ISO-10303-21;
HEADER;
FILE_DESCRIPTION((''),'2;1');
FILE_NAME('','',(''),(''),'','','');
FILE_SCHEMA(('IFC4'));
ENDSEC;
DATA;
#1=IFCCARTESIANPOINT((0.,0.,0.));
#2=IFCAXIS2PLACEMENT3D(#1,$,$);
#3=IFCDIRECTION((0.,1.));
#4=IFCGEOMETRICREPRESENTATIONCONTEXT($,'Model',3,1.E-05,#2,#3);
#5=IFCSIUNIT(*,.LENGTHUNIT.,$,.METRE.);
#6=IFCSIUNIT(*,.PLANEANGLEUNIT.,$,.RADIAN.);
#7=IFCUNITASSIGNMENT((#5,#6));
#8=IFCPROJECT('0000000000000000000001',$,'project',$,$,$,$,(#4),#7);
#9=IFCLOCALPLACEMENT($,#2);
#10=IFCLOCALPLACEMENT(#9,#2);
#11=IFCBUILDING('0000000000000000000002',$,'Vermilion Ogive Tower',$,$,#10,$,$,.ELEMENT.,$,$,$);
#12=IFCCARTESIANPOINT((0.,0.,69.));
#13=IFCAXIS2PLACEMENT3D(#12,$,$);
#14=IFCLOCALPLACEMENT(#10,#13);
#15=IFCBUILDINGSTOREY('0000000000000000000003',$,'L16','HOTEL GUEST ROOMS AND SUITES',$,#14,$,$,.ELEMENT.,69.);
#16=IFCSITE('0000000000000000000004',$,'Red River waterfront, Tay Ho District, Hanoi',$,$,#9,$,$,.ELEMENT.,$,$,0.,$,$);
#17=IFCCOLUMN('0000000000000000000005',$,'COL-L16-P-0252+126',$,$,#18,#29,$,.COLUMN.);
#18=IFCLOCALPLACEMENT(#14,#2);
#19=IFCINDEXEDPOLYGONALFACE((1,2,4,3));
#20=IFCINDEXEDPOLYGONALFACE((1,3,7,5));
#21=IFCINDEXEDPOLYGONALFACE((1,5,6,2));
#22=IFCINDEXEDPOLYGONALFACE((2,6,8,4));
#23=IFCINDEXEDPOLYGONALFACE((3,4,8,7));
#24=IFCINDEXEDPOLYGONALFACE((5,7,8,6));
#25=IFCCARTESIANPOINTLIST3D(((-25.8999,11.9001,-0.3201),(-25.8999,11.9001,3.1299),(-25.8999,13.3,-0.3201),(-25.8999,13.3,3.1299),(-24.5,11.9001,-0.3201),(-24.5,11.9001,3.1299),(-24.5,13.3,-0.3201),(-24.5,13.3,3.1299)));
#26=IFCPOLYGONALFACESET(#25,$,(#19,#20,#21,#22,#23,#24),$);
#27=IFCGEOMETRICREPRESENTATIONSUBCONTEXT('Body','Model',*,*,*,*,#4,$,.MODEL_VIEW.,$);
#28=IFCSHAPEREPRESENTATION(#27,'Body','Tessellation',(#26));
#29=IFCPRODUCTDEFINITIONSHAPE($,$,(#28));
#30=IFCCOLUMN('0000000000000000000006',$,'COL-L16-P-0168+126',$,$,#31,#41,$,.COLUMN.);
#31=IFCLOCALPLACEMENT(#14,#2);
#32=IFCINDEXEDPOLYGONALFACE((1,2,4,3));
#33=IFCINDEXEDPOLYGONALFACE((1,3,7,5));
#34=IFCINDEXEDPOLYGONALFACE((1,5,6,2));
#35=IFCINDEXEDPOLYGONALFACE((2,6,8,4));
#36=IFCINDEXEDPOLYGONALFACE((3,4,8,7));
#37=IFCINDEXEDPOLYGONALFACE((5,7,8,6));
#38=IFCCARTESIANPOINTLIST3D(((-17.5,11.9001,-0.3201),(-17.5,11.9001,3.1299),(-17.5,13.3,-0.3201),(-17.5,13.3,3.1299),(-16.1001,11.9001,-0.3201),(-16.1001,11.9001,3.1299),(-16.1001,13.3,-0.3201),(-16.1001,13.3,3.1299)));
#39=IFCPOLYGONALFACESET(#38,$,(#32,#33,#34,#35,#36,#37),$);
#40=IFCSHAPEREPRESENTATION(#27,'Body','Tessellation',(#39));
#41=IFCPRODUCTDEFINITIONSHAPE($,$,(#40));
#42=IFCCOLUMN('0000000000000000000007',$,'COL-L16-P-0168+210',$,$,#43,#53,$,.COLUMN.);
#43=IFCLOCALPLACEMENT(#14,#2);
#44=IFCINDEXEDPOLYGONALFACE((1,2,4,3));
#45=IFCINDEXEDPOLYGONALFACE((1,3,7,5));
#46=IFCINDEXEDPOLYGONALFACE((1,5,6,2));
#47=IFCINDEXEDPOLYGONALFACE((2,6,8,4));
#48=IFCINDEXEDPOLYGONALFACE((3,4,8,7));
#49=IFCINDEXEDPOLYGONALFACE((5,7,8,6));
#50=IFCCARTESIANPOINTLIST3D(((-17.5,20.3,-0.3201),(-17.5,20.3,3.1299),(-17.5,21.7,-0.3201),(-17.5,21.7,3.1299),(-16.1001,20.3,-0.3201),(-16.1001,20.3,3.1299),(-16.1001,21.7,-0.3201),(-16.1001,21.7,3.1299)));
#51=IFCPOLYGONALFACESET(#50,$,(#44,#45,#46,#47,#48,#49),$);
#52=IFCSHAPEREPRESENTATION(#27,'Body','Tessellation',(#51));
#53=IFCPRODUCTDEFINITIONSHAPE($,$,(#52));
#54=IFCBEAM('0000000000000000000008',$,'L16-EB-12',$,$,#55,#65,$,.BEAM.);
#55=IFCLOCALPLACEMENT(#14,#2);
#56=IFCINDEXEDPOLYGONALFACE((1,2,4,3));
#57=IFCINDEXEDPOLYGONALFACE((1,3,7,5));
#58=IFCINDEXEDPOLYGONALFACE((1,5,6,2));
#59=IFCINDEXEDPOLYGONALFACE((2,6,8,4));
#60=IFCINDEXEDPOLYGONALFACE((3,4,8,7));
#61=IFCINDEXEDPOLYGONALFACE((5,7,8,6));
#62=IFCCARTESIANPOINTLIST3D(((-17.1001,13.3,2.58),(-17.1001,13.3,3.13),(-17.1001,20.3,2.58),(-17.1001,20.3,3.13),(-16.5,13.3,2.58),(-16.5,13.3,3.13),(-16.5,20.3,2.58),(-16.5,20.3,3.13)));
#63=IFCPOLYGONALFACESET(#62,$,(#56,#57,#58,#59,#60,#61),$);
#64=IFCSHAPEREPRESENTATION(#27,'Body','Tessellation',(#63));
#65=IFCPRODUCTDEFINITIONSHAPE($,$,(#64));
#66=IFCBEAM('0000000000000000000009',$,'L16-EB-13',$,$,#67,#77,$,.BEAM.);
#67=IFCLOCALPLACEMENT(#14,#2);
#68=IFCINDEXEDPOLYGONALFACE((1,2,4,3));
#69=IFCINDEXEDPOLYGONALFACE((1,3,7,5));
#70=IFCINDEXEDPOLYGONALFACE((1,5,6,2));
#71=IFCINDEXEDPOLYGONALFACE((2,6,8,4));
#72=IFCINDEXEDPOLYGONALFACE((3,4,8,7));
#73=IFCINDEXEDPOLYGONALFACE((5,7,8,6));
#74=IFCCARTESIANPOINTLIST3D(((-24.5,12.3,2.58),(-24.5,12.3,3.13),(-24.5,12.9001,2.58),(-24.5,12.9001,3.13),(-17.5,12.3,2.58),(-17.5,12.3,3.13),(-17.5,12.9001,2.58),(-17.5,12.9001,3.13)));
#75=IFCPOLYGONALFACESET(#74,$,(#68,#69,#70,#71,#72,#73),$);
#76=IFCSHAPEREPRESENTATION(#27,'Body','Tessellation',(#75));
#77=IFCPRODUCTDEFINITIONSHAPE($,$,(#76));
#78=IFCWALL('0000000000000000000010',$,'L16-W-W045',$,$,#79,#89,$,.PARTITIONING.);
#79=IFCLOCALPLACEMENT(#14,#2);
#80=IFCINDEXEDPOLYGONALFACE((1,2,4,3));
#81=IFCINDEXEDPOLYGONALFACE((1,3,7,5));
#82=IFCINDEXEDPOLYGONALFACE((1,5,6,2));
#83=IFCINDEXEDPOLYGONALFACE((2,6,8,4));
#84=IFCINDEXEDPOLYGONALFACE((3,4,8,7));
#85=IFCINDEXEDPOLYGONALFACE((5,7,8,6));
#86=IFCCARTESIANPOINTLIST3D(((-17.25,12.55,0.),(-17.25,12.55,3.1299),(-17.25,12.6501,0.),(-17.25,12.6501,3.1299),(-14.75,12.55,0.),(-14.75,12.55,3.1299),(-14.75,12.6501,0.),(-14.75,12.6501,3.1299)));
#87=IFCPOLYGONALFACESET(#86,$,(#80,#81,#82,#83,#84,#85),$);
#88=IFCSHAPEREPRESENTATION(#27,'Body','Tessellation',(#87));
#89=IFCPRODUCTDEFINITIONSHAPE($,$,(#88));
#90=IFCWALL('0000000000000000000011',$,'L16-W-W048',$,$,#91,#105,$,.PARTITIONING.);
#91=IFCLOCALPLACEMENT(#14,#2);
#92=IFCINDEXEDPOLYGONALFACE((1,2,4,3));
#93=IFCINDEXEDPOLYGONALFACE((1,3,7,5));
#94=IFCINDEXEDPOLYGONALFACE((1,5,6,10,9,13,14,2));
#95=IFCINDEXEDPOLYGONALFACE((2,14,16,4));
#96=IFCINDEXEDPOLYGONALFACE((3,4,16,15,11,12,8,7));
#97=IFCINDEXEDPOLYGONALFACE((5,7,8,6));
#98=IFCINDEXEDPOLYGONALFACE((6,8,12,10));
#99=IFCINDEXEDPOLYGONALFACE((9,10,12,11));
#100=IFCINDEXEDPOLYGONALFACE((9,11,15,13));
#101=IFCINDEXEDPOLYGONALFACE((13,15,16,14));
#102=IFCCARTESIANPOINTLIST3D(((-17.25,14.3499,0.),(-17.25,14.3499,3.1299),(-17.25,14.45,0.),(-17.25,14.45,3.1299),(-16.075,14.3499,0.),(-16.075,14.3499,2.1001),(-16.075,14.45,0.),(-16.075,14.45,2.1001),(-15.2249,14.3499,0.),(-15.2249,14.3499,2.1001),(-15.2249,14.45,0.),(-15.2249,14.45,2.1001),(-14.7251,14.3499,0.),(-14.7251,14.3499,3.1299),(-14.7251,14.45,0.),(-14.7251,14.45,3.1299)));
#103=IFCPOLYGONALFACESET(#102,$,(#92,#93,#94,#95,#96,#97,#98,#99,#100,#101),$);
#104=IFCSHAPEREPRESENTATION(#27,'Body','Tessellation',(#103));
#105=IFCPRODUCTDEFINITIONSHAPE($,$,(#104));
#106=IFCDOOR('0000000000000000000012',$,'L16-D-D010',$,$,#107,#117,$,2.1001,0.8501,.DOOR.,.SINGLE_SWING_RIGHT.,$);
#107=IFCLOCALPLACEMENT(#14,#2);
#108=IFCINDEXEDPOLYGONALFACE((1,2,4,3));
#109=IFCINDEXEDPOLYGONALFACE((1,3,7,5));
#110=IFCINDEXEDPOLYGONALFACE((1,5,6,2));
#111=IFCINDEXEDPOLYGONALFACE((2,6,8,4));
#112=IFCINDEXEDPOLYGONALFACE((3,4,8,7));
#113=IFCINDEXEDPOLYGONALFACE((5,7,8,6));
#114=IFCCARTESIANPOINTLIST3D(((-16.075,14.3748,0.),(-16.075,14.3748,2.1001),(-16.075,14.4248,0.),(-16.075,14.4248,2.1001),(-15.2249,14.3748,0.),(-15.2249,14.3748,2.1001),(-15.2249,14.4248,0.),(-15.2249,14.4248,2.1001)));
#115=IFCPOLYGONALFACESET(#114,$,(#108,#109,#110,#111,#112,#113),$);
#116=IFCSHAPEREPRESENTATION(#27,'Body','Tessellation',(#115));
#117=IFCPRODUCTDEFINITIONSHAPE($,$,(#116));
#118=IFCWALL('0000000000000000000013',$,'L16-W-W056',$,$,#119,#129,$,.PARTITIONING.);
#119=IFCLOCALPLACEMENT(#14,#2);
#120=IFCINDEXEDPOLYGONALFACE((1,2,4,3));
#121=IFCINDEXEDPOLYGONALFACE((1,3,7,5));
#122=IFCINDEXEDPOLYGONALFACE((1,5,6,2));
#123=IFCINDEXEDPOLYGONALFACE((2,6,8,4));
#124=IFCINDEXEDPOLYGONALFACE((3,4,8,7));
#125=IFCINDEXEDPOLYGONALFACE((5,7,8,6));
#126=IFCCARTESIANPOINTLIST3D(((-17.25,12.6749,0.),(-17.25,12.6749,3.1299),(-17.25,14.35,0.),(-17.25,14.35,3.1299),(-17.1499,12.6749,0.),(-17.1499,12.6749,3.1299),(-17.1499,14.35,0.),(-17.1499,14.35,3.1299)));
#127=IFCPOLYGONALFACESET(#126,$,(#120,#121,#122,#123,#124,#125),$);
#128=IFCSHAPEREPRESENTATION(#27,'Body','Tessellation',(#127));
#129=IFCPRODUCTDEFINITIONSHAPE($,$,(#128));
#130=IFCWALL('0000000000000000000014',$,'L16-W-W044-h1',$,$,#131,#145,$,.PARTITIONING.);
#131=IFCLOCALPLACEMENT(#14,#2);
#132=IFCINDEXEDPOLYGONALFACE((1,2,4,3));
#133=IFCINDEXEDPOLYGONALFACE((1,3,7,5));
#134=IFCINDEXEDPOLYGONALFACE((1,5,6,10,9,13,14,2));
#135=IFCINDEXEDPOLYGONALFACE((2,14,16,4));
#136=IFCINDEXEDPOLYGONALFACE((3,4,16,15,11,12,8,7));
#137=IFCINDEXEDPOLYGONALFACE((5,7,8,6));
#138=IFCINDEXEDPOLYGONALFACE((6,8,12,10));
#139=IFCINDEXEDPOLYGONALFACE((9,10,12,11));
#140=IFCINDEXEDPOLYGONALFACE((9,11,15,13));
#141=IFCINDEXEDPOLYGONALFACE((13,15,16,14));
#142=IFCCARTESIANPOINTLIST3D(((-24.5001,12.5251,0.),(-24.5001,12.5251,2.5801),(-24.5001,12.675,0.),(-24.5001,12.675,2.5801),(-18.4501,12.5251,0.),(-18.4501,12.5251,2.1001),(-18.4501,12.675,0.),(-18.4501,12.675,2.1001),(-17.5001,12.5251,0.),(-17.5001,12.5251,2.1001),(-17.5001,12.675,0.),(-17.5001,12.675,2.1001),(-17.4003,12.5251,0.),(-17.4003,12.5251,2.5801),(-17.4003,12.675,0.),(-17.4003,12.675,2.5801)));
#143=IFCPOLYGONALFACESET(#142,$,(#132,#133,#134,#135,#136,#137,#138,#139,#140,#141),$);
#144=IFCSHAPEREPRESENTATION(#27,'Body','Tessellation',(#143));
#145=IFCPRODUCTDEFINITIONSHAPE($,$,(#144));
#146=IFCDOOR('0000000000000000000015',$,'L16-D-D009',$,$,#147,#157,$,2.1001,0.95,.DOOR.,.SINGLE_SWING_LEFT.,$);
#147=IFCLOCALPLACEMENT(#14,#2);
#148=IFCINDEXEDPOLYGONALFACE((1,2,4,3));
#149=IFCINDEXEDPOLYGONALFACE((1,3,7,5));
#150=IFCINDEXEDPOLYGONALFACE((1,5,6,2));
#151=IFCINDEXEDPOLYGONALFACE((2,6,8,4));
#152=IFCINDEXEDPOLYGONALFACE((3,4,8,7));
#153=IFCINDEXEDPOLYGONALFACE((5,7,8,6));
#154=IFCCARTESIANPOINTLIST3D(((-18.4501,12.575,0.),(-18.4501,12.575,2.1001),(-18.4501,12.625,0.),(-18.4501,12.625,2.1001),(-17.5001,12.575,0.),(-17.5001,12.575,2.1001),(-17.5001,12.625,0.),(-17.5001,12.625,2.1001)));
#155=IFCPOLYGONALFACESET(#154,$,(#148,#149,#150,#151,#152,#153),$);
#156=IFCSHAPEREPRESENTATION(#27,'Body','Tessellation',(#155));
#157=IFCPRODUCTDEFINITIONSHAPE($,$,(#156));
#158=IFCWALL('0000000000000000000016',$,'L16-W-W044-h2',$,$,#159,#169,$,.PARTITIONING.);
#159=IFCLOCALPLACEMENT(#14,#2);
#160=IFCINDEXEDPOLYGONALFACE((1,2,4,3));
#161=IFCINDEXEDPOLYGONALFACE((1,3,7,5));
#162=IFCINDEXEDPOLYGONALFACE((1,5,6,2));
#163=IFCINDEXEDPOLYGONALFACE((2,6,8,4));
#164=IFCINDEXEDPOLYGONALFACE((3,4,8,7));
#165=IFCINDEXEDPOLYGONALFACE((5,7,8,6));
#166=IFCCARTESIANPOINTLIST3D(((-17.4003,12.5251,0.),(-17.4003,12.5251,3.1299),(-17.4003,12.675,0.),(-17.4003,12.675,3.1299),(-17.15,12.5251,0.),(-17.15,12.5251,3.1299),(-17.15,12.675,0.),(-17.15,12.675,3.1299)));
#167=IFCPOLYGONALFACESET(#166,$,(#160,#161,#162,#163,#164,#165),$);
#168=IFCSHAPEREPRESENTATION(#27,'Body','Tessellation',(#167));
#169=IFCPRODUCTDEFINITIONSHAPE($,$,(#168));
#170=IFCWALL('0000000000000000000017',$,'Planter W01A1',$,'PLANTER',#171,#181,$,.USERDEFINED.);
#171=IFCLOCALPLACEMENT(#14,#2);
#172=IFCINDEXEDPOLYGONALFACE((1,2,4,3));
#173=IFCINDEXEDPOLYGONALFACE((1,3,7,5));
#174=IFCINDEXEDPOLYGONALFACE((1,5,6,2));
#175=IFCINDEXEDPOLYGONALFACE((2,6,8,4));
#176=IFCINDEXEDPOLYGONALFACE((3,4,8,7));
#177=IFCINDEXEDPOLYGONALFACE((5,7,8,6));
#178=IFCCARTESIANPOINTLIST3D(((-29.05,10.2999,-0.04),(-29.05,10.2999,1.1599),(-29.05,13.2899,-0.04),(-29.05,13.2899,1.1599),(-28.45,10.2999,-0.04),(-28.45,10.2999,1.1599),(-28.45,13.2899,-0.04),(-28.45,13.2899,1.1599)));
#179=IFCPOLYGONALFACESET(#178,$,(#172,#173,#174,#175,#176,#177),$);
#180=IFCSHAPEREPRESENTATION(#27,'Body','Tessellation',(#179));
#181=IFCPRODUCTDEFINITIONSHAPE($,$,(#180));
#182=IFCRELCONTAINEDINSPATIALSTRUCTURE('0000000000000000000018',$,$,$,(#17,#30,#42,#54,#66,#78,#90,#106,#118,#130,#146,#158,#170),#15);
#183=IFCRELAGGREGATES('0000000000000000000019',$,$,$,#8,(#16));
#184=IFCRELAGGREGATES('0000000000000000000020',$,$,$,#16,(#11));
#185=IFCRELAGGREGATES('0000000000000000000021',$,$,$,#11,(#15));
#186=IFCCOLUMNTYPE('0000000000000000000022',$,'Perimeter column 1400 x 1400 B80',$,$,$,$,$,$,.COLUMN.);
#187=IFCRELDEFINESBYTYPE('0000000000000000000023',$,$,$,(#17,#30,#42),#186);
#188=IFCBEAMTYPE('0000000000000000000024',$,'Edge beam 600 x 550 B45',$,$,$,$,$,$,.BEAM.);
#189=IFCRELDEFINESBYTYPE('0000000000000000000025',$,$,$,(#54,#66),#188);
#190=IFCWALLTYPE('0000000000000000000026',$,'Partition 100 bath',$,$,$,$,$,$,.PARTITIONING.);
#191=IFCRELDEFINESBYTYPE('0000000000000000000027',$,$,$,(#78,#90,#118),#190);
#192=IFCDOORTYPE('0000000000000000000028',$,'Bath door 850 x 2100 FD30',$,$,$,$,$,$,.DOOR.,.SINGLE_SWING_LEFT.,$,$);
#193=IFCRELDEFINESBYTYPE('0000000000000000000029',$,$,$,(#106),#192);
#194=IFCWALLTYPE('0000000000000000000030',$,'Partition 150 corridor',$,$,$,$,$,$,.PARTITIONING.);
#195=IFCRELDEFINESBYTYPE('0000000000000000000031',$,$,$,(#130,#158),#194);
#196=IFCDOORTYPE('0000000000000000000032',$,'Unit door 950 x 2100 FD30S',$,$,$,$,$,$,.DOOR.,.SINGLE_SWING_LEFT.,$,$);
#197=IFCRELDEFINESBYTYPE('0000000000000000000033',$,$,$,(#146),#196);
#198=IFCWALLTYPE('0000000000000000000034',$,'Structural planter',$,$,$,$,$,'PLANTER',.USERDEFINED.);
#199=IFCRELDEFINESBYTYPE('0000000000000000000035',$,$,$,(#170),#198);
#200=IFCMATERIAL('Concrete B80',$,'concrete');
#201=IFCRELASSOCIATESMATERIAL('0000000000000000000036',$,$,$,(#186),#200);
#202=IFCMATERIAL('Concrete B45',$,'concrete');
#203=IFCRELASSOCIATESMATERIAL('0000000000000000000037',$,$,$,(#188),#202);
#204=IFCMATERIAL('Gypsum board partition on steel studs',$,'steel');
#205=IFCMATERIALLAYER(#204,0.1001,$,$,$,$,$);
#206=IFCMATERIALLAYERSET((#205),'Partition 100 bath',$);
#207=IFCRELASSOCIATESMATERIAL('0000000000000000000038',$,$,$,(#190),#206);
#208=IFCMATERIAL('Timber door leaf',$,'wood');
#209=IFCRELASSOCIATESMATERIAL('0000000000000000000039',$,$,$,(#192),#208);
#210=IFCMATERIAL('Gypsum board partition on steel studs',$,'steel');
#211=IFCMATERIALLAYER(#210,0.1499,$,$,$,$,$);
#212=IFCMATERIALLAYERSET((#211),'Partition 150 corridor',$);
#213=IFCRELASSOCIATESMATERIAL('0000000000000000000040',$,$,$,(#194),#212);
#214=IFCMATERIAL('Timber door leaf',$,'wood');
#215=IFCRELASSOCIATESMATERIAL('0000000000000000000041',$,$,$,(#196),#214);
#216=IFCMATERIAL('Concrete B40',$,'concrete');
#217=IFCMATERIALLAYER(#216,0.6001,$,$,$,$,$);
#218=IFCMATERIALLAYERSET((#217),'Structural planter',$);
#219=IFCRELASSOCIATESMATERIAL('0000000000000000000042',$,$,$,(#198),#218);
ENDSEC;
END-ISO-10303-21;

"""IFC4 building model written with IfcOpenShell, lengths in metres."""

from ifc_helpers import new_model, si_unit, direction, frame, frame_2d, origin, origin_2d, place, context, subcontext, project, spatial, rectangle, extrude, material, layer, layer_set, material_profile, profile_set, type_object, element, fill, save


model = new_model("IFC4")

# Units and contexts
model_context = context("Model", 3, precision=1e-05, world=origin(), true_north=direction((0.0, 1.0)))
body_context = subcontext(model_context, "Body", "Model", "MODEL_VIEW")
ifc_project = project(units=[si_unit("LENGTHUNIT", "METRE"), si_unit("PLANEANGLEUNIT", "RADIAN")], contexts=[model_context])

# Site, building, storey
site_placement = place(None, origin())
site = spatial("IfcSite", under=ifc_project, at=site_placement, Name="Red River waterfront, Tay Ho District, Hanoi", CompositionType="ELEMENT", RefElevation=0.0)
building_placement = place(site_placement, origin())
building = spatial("IfcBuilding", under=site, at=building_placement, Name="Vermilion Ogive Tower", CompositionType="ELEMENT")
storey_placement = place(building_placement, frame((0.0, 0.0, 69.0)))
storey = spatial("IfcBuildingStorey", under=building, at=storey_placement, Name="L16", Description="HOTEL GUEST ROOMS AND SUITES", CompositionType="ELEMENT", Elevation=69.0)

# Columns
ifc_material_1 = material(Name="Concrete B80", Category="concrete")
ifc_material_profile_1 = material_profile(ifc_material_1, rectangle(XDim=1.3999, YDim=1.3999, at=origin_2d()), Name="1400 x 1400")
ifc_profile_set_1 = profile_set([ifc_material_profile_1], Name="Concrete B80")
column_type = type_object("IfcColumnType", Name="Perimeter column 1400 x 1400 B80", PredefinedType="COLUMN", material=ifc_profile_set_1)
for number, where, z_axis, x_axis, name in (
    (1, (-25.2, 12.6001, -0.3201), (0.0, 0.0, 1.0), (1.0, 0.0, 0.0), "COL-L16-P-0252+126"),
    (2, (-16.8, 12.6001, -0.3201), (0.0, 0.0, 1.0), (1.0, 0.0, 0.0), "COL-L16-P-0168+126"),
    (3, (-16.8, 21.0, -0.3201), (0.0, 0.0, 1.0), (1.0, 0.0, 0.0), "COL-L16-P-0168+210"),
):
    element("IfcColumn", number, at=place(storey_placement, frame(where, z_axis=z_axis, x_axis=x_axis)), inside=storey, type_object=column_type, Name=name, PredefinedType="COLUMN", context=body_context, shape_type="SweptSolid", body=[
        extrude(rectangle(XDim=1.3999, YDim=1.3999, at=origin_2d()), origin(), (0.0, 0.0, 1.0), 3.45),
    ])

# Beams
ifc_material_2 = material(Name="Concrete B45", Category="concrete")
ifc_material_profile_2 = material_profile(ifc_material_2, rectangle(XDim=0.6001, YDim=0.55, at=origin_2d()), Name="600 x 550")
ifc_profile_set_2 = profile_set([ifc_material_profile_2], Name="Concrete B45")
beam_type = type_object("IfcBeamType", Name="Edge beam 600 x 550 B45", PredefinedType="BEAM", material=ifc_profile_set_2)
for number, where, z_axis, x_axis, name in (
    (4, (-16.8, 20.3, 2.855), (0.0, -1.0, 0.0), (1.0, 0.0, 0.0), "L16-EB-12"),
    (5, (-17.5, 12.6001, 2.855), (-1.0, 0.0, 0.0), (0.0, -1.0, 0.0), "L16-EB-13"),
):
    element("IfcBeam", number, at=place(storey_placement, frame(where, z_axis=z_axis, x_axis=x_axis)), inside=storey, type_object=beam_type, Name=name, PredefinedType="BEAM", context=body_context, shape_type="SweptSolid", body=[
        extrude(rectangle(XDim=0.6001, YDim=0.55, at=origin_2d()), origin(), (0.0, 0.0, 1.0), 7.0),
    ])

# Wall
ifc_material_3 = material(Name="Gypsum board partition on steel studs", Category="steel")
ifc_layer_1 = layer(ifc_material_3, 0.1001)
ifc_layer_set_1 = layer_set([ifc_layer_1], Name="Partition 100 bath")
wall_type_1 = type_object("IfcWallType", Name="Partition 100 bath", PredefinedType="PARTITIONING", material=ifc_layer_set_1)
wall_1_placement = place(storey_placement, frame((-17.25, 12.6001, 0.0), z_axis=(0.0, 0.0, 1.0), x_axis=(1.0, 0.0, 0.0)))
element("IfcWall", 6, at=wall_1_placement, inside=storey, type_object=wall_type_1, Name="L16-W-W045", PredefinedType="PARTITIONING", context=body_context, shape_type="SweptSolid", body=[
    extrude(rectangle(XDim=2.5, YDim=0.1001, at=frame_2d((1.25, 0.0))), origin(), (0.0, 0.0, 1.0), 3.1299),
])

# Wall, opening, door
wall_2_placement = place(storey_placement, frame((-17.25, 14.3999, 0.0), z_axis=(0.0, 0.0, 1.0), x_axis=(1.0, 0.0, 0.0)))
wall_2 = element("IfcWall", 7, at=wall_2_placement, inside=storey, type_object=wall_type_1, Name="L16-W-W048", PredefinedType="PARTITIONING", context=body_context, shape_type="SweptSolid", body=[
    extrude(rectangle(XDim=2.5249, YDim=0.1001, at=frame_2d((1.2625, 0.0))), origin(), (0.0, 0.0, 1.0), 3.1299),
])
opening_1_placement = place(wall_2_placement, frame((1.175, 0.0, 0.0)))
opening_1 = element("IfcOpeningElement", 8, at=opening_1_placement, cuts=wall_2, PredefinedType="OPENING", context=body_context, shape_type="SweptSolid", body=[
    extrude(rectangle(XDim=0.8501, YDim=2.1001, at=frame_2d((0.425, 1.05))), frame((0.0, 0.0601, 0.0), z_axis=(0.0, -1.0, 0.0), x_axis=(1.0, 0.0, 0.0)), (0.0, 0.0, 1.0), 0.1201),
])
ifc_material_4 = material(Name="Timber door leaf", Category="wood")
door_type_1 = type_object("IfcDoorType", Name="Bath door 850 x 2100 FD30", OperationType="SINGLE_SWING_LEFT", PredefinedType="DOOR", material=ifc_material_4)
door_1_placement = place(opening_1_placement, origin())
door_1 = element("IfcDoor", 9, at=door_1_placement, inside=storey, type_object=door_type_1, Name="L16-D-D010", OperationType="SINGLE_SWING_RIGHT", OverallHeight=2.1001, OverallWidth=0.8501, PredefinedType="DOOR", context=body_context, shape_type="SweptSolid", body=[
    extrude(rectangle(XDim=0.8501, YDim=2.1001, at=frame_2d((0.425, 1.05))), frame((0.0, 0.0249, 0.0), z_axis=(0.0, -1.0, 0.0), x_axis=(1.0, 0.0, 0.0)), (0.0, 0.0, 1.0), 0.05),
])
fill(opening_1, door_1)

# Wall
wall_3_placement = place(storey_placement, frame((-17.2, 12.675, 0.0), z_axis=(0.0, 0.0, 1.0), x_axis=(0.0, 1.0, 0.0)))
element("IfcWall", 10, at=wall_3_placement, inside=storey, type_object=wall_type_1, Name="L16-W-W056", PredefinedType="PARTITIONING", context=body_context, shape_type="SweptSolid", body=[
    extrude(rectangle(XDim=1.675, YDim=0.1001, at=frame_2d((0.8374, 0.0))), origin(), (0.0, 0.0, 1.0), 3.1299),
])

# Wall, opening, door
ifc_material_5 = material(Name="Gypsum board partition on steel studs", Category="steel")
ifc_layer_2 = layer(ifc_material_5, 0.1499)
ifc_layer_set_2 = layer_set([ifc_layer_2], Name="Partition 150 corridor")
wall_type_2 = type_object("IfcWallType", Name="Partition 150 corridor", PredefinedType="PARTITIONING", material=ifc_layer_set_2)
wall_4_placement = place(storey_placement, frame((-24.5, 12.6001, 0.0), z_axis=(0.0, 0.0, 1.0), x_axis=(1.0, 0.0, 0.0)))
wall_4 = element("IfcWall", 11, at=wall_4_placement, inside=storey, type_object=wall_type_2, Name="L16-W-W044-h1", PredefinedType="PARTITIONING", context=body_context, shape_type="SweptSolid", body=[
    extrude(rectangle(XDim=7.0999, YDim=0.1499, at=frame_2d((3.5498, 0.0))), origin(), (0.0, 0.0, 1.0), 2.5801),
])
opening_2_placement = place(wall_4_placement, frame((6.0498, 0.0, 0.0)))
opening_2 = element("IfcOpeningElement", 12, at=opening_2_placement, cuts=wall_4, PredefinedType="OPENING", context=body_context, shape_type="SweptSolid", body=[
    extrude(rectangle(XDim=0.95, YDim=2.1001, at=frame_2d((0.4751, 1.05))), frame((0.0, 0.085, 0.0), z_axis=(0.0, -1.0, 0.0), x_axis=(1.0, 0.0, 0.0)), (0.0, 0.0, 1.0), 0.1699),
])
ifc_material_6 = material(Name="Timber door leaf", Category="wood")
door_type_2 = type_object("IfcDoorType", Name="Unit door 950 x 2100 FD30S", OperationType="SINGLE_SWING_LEFT", PredefinedType="DOOR", material=ifc_material_6)
door_2_placement = place(opening_2_placement, origin())
door_2 = element("IfcDoor", 13, at=door_2_placement, inside=storey, type_object=door_type_2, Name="L16-D-D009", OperationType="SINGLE_SWING_LEFT", OverallHeight=2.1001, OverallWidth=0.95, PredefinedType="DOOR", context=body_context, shape_type="SweptSolid", body=[
    extrude(rectangle(XDim=0.95, YDim=2.1001, at=frame_2d((0.4751, 1.05))), frame((0.0, 0.0249, 0.0), z_axis=(0.0, -1.0, 0.0), x_axis=(1.0, 0.0, 0.0)), (0.0, 0.0, 1.0), 0.05),
])
fill(opening_2, door_2)

# Walls
wall_5_placement = place(storey_placement, frame((-17.4001, 12.6001, 0.0), z_axis=(0.0, 0.0, 1.0), x_axis=(1.0, 0.0, 0.0)))
element("IfcWall", 14, at=wall_5_placement, inside=storey, type_object=wall_type_2, Name="L16-W-W044-h2", PredefinedType="PARTITIONING", context=body_context, shape_type="SweptSolid", body=[
    extrude(rectangle(XDim=0.2502, YDim=0.1499, at=frame_2d((0.125, 0.0))), origin(), (0.0, 0.0, 1.0), 3.1299),
])
ifc_material_7 = material(Name="Concrete B40", Category="concrete")
ifc_layer_3 = layer(ifc_material_7, 0.6001)
ifc_layer_set_3 = layer_set([ifc_layer_3], Name="Structural planter")
wall_type_3 = type_object("IfcWallType", Name="Structural planter", ElementType="PLANTER", PredefinedType="USERDEFINED", material=ifc_layer_set_3)
wall_6_placement = place(storey_placement, frame((-28.75, 13.29, -0.04), z_axis=(0.0, 0.0, 1.0), x_axis=(0.0, -1.0, 0.0)))
element("IfcWall", 15, at=wall_6_placement, inside=storey, type_object=wall_type_3, Name="Planter W01A1", ObjectType="PLANTER", PredefinedType="USERDEFINED", context=body_context, shape_type="SweptSolid", body=[
    extrude(rectangle(XDim=2.99, YDim=0.6001, at=frame_2d((1.4951, 0.0))), origin(), (0.0, 0.0, 1.0), 1.2),
])

save(model, "model.ifc")
